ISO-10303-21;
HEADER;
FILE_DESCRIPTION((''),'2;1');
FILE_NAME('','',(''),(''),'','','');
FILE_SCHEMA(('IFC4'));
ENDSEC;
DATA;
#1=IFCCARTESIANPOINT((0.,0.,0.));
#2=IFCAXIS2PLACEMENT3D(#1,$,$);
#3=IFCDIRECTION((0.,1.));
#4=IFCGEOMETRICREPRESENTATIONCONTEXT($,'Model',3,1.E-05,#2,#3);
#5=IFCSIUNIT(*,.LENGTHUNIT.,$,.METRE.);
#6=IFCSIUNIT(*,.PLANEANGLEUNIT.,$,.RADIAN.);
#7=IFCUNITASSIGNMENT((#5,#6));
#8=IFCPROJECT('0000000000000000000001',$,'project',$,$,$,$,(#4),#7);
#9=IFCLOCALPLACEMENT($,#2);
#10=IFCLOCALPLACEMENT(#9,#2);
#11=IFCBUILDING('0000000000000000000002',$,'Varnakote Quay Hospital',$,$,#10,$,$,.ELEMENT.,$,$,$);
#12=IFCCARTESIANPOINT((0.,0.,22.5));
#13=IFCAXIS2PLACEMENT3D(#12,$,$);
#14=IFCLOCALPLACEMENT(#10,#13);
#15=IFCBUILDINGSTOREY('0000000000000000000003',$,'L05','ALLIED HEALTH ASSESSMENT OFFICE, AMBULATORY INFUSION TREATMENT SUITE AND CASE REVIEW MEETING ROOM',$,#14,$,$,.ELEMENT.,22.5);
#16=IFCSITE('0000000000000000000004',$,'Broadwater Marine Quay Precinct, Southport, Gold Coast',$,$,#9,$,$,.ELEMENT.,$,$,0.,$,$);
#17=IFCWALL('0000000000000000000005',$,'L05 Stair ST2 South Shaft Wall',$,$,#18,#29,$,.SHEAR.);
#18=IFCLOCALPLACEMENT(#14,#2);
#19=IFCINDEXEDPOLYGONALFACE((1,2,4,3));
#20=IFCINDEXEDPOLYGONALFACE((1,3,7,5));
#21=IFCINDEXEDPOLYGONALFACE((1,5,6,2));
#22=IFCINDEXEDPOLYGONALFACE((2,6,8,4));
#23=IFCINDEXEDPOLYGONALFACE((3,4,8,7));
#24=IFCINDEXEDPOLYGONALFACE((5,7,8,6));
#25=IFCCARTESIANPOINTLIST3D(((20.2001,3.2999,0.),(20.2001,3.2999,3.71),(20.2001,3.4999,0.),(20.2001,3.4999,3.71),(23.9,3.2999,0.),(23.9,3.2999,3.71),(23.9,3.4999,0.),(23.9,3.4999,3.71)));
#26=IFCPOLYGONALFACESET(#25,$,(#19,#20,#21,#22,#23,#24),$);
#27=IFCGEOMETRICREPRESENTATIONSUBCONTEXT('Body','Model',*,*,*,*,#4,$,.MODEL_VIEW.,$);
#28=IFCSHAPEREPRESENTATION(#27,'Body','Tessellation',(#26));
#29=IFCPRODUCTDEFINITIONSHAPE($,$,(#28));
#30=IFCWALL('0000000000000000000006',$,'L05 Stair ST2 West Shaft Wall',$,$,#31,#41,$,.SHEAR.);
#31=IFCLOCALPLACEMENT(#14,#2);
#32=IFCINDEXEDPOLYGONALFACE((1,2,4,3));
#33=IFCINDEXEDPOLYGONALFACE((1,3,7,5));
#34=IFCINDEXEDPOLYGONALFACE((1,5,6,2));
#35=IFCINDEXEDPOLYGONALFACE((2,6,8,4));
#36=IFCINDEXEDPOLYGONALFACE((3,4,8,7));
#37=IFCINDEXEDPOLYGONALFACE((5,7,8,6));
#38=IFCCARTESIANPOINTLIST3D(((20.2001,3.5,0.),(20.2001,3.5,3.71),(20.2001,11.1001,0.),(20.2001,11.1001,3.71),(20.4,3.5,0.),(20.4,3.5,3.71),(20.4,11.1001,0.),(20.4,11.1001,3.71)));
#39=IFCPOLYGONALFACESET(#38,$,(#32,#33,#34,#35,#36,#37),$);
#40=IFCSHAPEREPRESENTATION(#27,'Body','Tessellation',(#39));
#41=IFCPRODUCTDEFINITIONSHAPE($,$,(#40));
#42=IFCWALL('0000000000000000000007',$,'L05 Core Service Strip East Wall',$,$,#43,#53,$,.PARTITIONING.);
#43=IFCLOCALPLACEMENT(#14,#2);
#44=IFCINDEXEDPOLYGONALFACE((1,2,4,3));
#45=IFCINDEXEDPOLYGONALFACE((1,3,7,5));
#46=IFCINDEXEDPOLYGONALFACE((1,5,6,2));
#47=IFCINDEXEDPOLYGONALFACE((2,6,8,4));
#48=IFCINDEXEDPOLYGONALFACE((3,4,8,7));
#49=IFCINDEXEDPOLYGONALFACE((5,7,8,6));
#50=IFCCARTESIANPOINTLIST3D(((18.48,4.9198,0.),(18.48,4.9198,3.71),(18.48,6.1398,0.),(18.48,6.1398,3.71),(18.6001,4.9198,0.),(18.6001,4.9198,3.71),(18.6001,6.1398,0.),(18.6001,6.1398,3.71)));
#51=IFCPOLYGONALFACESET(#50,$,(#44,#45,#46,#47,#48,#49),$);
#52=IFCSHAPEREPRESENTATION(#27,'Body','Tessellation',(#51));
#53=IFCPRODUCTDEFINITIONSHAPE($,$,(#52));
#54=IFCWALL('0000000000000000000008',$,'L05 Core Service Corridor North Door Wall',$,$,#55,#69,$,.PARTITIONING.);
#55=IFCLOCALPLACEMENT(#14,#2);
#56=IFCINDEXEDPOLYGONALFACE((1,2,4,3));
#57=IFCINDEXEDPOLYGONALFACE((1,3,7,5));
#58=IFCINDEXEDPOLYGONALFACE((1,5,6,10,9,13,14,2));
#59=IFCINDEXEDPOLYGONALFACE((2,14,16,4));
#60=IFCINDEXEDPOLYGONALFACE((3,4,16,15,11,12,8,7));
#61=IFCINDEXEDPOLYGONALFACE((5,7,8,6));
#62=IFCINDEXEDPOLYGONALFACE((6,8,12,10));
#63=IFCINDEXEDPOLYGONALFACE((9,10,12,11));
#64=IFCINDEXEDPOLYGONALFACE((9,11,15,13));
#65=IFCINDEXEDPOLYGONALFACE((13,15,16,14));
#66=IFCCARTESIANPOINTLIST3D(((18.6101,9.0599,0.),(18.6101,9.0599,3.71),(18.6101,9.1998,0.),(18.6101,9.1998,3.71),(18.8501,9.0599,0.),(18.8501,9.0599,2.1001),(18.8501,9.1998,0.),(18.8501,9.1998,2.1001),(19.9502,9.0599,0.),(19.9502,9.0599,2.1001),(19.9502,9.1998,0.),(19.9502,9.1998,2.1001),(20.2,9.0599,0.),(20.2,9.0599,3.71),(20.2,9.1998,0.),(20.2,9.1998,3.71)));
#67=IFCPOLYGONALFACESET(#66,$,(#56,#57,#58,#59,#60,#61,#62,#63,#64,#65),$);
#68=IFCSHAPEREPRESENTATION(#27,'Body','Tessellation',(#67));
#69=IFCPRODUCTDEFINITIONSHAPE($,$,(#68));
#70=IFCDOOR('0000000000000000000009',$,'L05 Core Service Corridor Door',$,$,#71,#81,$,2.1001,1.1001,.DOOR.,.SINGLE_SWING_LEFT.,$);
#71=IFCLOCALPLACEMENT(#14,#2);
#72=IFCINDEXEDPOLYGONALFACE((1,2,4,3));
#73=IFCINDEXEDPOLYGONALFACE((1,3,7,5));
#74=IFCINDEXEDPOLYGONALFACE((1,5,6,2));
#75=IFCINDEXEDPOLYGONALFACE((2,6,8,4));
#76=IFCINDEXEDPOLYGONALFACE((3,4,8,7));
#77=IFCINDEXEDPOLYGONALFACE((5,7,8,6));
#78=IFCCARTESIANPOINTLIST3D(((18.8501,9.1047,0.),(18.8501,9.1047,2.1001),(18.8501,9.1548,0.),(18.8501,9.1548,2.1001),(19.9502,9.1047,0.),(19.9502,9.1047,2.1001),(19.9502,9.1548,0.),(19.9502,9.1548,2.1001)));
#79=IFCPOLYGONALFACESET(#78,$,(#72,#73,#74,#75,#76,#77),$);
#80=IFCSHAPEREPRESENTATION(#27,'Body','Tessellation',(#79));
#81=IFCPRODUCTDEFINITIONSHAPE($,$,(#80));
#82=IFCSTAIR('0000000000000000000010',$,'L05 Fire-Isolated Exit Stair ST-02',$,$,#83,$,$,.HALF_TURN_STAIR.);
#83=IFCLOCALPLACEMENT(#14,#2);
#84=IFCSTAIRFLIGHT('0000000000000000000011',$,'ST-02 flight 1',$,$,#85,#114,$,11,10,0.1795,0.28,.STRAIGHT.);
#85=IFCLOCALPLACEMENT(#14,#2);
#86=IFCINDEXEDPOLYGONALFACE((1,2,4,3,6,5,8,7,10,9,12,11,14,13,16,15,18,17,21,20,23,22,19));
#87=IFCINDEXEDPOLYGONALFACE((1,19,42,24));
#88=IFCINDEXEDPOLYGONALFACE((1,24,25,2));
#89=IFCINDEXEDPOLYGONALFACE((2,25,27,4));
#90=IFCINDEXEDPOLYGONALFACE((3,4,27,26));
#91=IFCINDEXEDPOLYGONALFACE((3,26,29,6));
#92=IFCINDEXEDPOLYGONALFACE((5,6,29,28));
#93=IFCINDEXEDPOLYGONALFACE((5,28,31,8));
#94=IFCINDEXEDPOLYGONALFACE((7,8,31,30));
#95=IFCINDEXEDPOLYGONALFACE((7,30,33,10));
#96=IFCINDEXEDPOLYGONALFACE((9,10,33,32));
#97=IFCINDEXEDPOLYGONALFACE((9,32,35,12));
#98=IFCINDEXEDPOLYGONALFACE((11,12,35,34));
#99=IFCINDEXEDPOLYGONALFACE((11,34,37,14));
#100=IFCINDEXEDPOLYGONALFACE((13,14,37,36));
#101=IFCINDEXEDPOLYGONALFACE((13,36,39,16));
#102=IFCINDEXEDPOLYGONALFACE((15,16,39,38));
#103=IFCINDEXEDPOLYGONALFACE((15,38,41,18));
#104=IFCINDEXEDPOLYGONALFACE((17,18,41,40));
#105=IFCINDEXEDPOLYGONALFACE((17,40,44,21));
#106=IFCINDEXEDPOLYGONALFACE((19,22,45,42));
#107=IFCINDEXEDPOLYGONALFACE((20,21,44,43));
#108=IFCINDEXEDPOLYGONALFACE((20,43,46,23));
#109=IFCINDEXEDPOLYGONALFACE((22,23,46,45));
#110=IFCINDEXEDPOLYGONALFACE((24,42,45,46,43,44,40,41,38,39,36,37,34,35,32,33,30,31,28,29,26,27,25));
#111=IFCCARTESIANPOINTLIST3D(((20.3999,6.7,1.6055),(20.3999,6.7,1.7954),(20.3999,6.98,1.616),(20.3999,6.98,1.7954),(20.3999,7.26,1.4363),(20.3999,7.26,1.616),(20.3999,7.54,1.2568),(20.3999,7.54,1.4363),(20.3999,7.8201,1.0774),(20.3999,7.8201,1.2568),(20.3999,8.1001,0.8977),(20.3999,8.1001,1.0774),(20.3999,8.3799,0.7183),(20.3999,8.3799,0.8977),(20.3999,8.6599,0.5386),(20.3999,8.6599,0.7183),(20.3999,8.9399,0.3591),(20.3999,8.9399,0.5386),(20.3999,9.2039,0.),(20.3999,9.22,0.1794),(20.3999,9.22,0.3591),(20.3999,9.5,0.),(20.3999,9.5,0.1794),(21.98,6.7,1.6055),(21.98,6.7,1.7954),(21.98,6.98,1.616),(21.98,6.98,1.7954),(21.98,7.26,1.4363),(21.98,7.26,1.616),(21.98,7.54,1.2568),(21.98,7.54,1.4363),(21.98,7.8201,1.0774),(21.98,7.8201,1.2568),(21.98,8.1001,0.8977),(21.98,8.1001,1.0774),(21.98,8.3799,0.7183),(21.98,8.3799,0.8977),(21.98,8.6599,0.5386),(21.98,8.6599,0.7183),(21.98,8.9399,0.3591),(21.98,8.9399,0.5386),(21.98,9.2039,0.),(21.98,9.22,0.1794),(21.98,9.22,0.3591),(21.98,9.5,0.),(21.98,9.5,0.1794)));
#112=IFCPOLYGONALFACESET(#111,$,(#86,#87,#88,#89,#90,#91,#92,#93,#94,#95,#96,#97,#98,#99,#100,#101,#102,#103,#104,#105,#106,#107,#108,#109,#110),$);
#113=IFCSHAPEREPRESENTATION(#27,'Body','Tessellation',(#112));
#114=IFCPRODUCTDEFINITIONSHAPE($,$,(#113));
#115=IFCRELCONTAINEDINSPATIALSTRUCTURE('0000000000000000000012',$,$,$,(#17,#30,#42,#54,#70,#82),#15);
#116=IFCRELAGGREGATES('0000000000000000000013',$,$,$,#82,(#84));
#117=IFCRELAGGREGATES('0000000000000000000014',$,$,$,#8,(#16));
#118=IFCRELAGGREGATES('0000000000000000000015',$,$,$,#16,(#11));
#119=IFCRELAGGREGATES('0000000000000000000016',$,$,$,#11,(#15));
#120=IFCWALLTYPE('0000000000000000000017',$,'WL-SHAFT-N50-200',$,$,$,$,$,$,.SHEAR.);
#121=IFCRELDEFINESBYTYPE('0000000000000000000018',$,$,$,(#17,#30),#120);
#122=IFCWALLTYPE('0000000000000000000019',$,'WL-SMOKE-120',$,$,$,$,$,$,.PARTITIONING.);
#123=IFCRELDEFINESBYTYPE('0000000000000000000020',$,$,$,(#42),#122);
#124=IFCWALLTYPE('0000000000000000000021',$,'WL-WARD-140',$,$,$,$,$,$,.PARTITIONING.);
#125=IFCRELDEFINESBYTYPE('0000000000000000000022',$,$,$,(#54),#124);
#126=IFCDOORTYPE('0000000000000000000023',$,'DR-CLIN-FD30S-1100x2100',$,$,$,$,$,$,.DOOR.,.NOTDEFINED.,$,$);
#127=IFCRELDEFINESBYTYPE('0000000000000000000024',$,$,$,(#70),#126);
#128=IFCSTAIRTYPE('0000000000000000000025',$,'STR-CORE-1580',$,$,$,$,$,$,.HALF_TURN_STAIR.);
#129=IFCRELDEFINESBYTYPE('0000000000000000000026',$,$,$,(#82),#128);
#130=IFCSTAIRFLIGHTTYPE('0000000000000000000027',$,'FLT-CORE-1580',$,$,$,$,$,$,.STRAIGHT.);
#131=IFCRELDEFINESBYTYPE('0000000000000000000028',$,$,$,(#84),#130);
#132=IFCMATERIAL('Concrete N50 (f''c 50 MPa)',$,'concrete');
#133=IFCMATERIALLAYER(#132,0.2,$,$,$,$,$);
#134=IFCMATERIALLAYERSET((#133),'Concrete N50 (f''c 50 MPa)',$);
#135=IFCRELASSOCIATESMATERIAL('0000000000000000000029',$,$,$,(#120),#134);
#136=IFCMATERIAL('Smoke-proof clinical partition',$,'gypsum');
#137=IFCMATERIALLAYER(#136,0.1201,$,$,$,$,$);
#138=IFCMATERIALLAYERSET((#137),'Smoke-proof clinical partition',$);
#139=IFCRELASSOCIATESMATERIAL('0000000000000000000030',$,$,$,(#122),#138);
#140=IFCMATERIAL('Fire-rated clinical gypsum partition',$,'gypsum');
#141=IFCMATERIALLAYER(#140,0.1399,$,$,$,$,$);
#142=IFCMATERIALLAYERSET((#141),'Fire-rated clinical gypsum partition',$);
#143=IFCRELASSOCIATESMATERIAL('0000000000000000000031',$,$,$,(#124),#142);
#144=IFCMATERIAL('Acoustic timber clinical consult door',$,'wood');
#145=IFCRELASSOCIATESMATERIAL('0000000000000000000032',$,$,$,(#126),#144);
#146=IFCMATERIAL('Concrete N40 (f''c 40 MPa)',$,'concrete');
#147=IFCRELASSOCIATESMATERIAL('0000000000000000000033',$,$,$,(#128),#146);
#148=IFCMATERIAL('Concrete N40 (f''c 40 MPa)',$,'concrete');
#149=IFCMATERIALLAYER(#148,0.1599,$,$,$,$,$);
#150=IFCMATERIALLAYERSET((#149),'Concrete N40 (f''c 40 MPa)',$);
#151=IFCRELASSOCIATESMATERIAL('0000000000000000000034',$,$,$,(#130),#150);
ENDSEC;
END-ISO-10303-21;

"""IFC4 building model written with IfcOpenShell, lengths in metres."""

from ifc_helpers import new_model, si_unit, direction, frame, frame_2d, origin, place, context, subcontext, project, spatial, polyline, rectangle, outline, extrude, material, layer, layer_set, type_object, element, fill, aggregate, save


model = new_model("IFC4")

# Units and contexts
model_context = context("Model", 3, precision=1e-05, world=origin(), true_north=direction((0.0, 1.0)))
body_context = subcontext(model_context, "Body", "Model", "MODEL_VIEW")
ifc_project = project(units=[si_unit("LENGTHUNIT", "METRE"), si_unit("PLANEANGLEUNIT", "RADIAN")], contexts=[model_context])

# Site, building, storey
site_placement = place(None, origin())
site = spatial("IfcSite", under=ifc_project, at=site_placement, Name="Broadwater Marine Quay Precinct, Southport, Gold Coast", CompositionType="ELEMENT", RefElevation=0.0)
building_placement = place(site_placement, origin())
building = spatial("IfcBuilding", under=site, at=building_placement, Name="Varnakote Quay Hospital", CompositionType="ELEMENT")
storey_placement = place(building_placement, frame((0.0, 0.0, 22.5)))
storey = spatial("IfcBuildingStorey", under=building, at=storey_placement, Name="L05", Description="ALLIED HEALTH ASSESSMENT OFFICE, AMBULATORY INFUSION TREATMENT SUITE AND CASE REVIEW MEETING ROOM", CompositionType="ELEMENT", Elevation=22.5)

# Walls
ifc_material_1 = material(Name="Concrete N50 (f'c 50 MPa)", Category="concrete")
ifc_layer_1 = layer(ifc_material_1, 0.2)
ifc_layer_set_1 = layer_set([ifc_layer_1], Name="Concrete N50 (f'c 50 MPa)")
wall_type_1 = type_object("IfcWallType", Name="WL-SHAFT-N50-200", PredefinedType="SHEAR", material=ifc_layer_set_1)
wall_1_placement = place(storey_placement, frame((20.2, 3.3999, 0.0), z_axis=(0.0, 0.0, 1.0), x_axis=(1.0, 0.0, 0.0)))
element("IfcWall", 1, at=wall_1_placement, inside=storey, type_object=wall_type_1, Name="L05 Stair ST2 South Shaft Wall", PredefinedType="SHEAR", context=body_context, shape_type="SweptSolid", body=[
    extrude(rectangle(XDim=3.7, YDim=0.2, at=frame_2d((1.8501, 0.0))), origin(), (0.0, 0.0, 1.0), 3.71),
])
wall_2_placement = place(storey_placement, frame((20.3, 3.5, 0.0), z_axis=(0.0, 0.0, 1.0), x_axis=(0.0, 1.0, 0.0)))
element("IfcWall", 2, at=wall_2_placement, inside=storey, type_object=wall_type_1, Name="L05 Stair ST2 West Shaft Wall", PredefinedType="SHEAR", context=body_context, shape_type="SweptSolid", body=[
    extrude(rectangle(XDim=7.6001, YDim=0.2, at=frame_2d((3.8, 0.0))), origin(), (0.0, 0.0, 1.0), 3.71),
])

# Wall
ifc_material_2 = material(Name="Smoke-proof clinical partition", Category="gypsum")
ifc_layer_2 = layer(ifc_material_2, 0.1201)
ifc_layer_set_2 = layer_set([ifc_layer_2], Name="Smoke-proof clinical partition")
wall_type_2 = type_object("IfcWallType", Name="WL-SMOKE-120", PredefinedType="PARTITIONING", material=ifc_layer_set_2)
wall_3_placement = place(storey_placement, frame((18.54, 4.9199, 0.0), z_axis=(0.0, 0.0, 1.0), x_axis=(0.0, 1.0, 0.0)))
element("IfcWall", 3, at=wall_3_placement, inside=storey, type_object=wall_type_2, Name="L05 Core Service Strip East Wall", PredefinedType="PARTITIONING", context=body_context, shape_type="SweptSolid", body=[
    extrude(rectangle(XDim=1.22, YDim=0.1201, at=frame_2d((0.6099, 0.0))), origin(), (0.0, 0.0, 1.0), 3.71),
])

# Wall, opening, door
ifc_material_3 = material(Name="Fire-rated clinical gypsum partition", Category="gypsum")
ifc_layer_3 = layer(ifc_material_3, 0.1399)
ifc_layer_set_3 = layer_set([ifc_layer_3], Name="Fire-rated clinical gypsum partition")
wall_type_3 = type_object("IfcWallType", Name="WL-WARD-140", PredefinedType="PARTITIONING", material=ifc_layer_set_3)
wall_4_placement = place(storey_placement, frame((18.6101, 9.1299, 0.0), z_axis=(0.0, 0.0, 1.0), x_axis=(1.0, 0.0, 0.0)))
wall_4 = element("IfcWall", 4, at=wall_4_placement, inside=storey, type_object=wall_type_3, Name="L05 Core Service Corridor North Door Wall", PredefinedType="PARTITIONING", context=body_context, shape_type="SweptSolid", body=[
    extrude(rectangle(XDim=1.5898, YDim=0.1399, at=frame_2d((0.7949, 0.0))), origin(), (0.0, 0.0, 1.0), 3.71),
])
opening_1_placement = place(wall_4_placement, frame((0.24, 0.0, 0.0)))
opening_1 = element("IfcOpeningElement", 5, at=opening_1_placement, cuts=wall_4, PredefinedType="OPENING", context=body_context, shape_type="SweptSolid", body=[
    extrude(rectangle(XDim=1.1001, YDim=2.1001, at=frame_2d((0.55, 1.05))), frame((0.0, 0.0798, 0.0), z_axis=(0.0, -1.0, 0.0), x_axis=(1.0, 0.0, 0.0)), (0.0, 0.0, 1.0), 0.1599),
])
ifc_material_4 = material(Name="Acoustic timber clinical consult door", Category="wood")
door_type_1 = type_object("IfcDoorType", Name="DR-CLIN-FD30S-1100x2100", OperationType="NOTDEFINED", PredefinedType="DOOR", material=ifc_material_4)
door_1_placement = place(opening_1_placement, origin())
door_1 = element("IfcDoor", 6, at=door_1_placement, inside=storey, type_object=door_type_1, Name="L05 Core Service Corridor Door", OperationType="SINGLE_SWING_LEFT", OverallHeight=2.1001, OverallWidth=1.1001, PredefinedType="DOOR", context=body_context, shape_type="SweptSolid", body=[
    extrude(rectangle(XDim=1.1001, YDim=2.1001, at=frame_2d((0.55, 1.05))), frame((0.0, 0.0249, 0.0), z_axis=(0.0, -1.0, 0.0), x_axis=(1.0, 0.0, 0.0)), (0.0, 0.0, 1.0), 0.05),
])
fill(opening_1, door_1)

# Stair, stair flight
ifc_material_5 = material(Name="Concrete N40 (f'c 40 MPa)", Category="concrete")
stair_type = type_object("IfcStairType", Name="STR-CORE-1580", PredefinedType="HALF_TURN_STAIR", material=ifc_material_5)
stair_placement = place(storey_placement, origin())
stair = element("IfcStair", 7, at=stair_placement, inside=storey, type_object=stair_type, Name="L05 Fire-Isolated Exit Stair ST-02", PredefinedType="HALF_TURN_STAIR")
ifc_material_6 = material(Name="Concrete N40 (f'c 40 MPa)", Category="concrete")
ifc_layer_4 = layer(ifc_material_6, 0.1599)
ifc_layer_set_4 = layer_set([ifc_layer_4], Name="Concrete N40 (f'c 40 MPa)")
stair_flight_type = type_object("IfcStairFlightType", Name="FLT-CORE-1580", PredefinedType="STRAIGHT", material=ifc_layer_set_4)
stair_flight_placement = place(storey_placement, frame((21.1899, 9.5, 0.0), z_axis=(0.0, 0.0, 1.0), x_axis=(0.0, -1.0, 0.0)))
stair_flight = element("IfcStairFlight", 8, at=stair_flight_placement, type_object=stair_flight_type, Name="ST-02 flight 1", NumberOfRisers=11, NumberOfTreads=10, PredefinedType="STRAIGHT", RiserHeight=0.1795, TreadLength=0.28, context=body_context, shape_type="SweptSolid", body=[
    extrude(outline(polyline([(0.0, 0.0), (0.0, 0.1794), (0.28, 0.1794), (0.28, 0.3591), (0.5601, 0.3591), (0.5601, 0.5386), (0.8401, 0.5386), (0.8401, 0.7183), (1.1201, 0.7183), (1.1201, 0.8977), (1.3999, 0.8977), (1.3999, 1.0774), (1.6799, 1.0774), (1.6799, 1.2568), (1.96, 1.2568), (1.96, 1.4363), (2.24, 1.4363), (2.24, 1.616), (2.52, 1.616), (2.52, 1.7954), (2.8, 1.7954), (2.8, 1.9751), (2.8, 1.6055), (0.2961, 0.0), (0.0, 0.0)])), frame((0.0, 0.79, 0.0), z_axis=(0.0, -1.0, 0.0), x_axis=(1.0, 0.0, 0.0)), (0.0, 0.0, 1.0), 1.5801),
])
aggregate(stair, [stair_flight])

save(model, "model.ifc")
